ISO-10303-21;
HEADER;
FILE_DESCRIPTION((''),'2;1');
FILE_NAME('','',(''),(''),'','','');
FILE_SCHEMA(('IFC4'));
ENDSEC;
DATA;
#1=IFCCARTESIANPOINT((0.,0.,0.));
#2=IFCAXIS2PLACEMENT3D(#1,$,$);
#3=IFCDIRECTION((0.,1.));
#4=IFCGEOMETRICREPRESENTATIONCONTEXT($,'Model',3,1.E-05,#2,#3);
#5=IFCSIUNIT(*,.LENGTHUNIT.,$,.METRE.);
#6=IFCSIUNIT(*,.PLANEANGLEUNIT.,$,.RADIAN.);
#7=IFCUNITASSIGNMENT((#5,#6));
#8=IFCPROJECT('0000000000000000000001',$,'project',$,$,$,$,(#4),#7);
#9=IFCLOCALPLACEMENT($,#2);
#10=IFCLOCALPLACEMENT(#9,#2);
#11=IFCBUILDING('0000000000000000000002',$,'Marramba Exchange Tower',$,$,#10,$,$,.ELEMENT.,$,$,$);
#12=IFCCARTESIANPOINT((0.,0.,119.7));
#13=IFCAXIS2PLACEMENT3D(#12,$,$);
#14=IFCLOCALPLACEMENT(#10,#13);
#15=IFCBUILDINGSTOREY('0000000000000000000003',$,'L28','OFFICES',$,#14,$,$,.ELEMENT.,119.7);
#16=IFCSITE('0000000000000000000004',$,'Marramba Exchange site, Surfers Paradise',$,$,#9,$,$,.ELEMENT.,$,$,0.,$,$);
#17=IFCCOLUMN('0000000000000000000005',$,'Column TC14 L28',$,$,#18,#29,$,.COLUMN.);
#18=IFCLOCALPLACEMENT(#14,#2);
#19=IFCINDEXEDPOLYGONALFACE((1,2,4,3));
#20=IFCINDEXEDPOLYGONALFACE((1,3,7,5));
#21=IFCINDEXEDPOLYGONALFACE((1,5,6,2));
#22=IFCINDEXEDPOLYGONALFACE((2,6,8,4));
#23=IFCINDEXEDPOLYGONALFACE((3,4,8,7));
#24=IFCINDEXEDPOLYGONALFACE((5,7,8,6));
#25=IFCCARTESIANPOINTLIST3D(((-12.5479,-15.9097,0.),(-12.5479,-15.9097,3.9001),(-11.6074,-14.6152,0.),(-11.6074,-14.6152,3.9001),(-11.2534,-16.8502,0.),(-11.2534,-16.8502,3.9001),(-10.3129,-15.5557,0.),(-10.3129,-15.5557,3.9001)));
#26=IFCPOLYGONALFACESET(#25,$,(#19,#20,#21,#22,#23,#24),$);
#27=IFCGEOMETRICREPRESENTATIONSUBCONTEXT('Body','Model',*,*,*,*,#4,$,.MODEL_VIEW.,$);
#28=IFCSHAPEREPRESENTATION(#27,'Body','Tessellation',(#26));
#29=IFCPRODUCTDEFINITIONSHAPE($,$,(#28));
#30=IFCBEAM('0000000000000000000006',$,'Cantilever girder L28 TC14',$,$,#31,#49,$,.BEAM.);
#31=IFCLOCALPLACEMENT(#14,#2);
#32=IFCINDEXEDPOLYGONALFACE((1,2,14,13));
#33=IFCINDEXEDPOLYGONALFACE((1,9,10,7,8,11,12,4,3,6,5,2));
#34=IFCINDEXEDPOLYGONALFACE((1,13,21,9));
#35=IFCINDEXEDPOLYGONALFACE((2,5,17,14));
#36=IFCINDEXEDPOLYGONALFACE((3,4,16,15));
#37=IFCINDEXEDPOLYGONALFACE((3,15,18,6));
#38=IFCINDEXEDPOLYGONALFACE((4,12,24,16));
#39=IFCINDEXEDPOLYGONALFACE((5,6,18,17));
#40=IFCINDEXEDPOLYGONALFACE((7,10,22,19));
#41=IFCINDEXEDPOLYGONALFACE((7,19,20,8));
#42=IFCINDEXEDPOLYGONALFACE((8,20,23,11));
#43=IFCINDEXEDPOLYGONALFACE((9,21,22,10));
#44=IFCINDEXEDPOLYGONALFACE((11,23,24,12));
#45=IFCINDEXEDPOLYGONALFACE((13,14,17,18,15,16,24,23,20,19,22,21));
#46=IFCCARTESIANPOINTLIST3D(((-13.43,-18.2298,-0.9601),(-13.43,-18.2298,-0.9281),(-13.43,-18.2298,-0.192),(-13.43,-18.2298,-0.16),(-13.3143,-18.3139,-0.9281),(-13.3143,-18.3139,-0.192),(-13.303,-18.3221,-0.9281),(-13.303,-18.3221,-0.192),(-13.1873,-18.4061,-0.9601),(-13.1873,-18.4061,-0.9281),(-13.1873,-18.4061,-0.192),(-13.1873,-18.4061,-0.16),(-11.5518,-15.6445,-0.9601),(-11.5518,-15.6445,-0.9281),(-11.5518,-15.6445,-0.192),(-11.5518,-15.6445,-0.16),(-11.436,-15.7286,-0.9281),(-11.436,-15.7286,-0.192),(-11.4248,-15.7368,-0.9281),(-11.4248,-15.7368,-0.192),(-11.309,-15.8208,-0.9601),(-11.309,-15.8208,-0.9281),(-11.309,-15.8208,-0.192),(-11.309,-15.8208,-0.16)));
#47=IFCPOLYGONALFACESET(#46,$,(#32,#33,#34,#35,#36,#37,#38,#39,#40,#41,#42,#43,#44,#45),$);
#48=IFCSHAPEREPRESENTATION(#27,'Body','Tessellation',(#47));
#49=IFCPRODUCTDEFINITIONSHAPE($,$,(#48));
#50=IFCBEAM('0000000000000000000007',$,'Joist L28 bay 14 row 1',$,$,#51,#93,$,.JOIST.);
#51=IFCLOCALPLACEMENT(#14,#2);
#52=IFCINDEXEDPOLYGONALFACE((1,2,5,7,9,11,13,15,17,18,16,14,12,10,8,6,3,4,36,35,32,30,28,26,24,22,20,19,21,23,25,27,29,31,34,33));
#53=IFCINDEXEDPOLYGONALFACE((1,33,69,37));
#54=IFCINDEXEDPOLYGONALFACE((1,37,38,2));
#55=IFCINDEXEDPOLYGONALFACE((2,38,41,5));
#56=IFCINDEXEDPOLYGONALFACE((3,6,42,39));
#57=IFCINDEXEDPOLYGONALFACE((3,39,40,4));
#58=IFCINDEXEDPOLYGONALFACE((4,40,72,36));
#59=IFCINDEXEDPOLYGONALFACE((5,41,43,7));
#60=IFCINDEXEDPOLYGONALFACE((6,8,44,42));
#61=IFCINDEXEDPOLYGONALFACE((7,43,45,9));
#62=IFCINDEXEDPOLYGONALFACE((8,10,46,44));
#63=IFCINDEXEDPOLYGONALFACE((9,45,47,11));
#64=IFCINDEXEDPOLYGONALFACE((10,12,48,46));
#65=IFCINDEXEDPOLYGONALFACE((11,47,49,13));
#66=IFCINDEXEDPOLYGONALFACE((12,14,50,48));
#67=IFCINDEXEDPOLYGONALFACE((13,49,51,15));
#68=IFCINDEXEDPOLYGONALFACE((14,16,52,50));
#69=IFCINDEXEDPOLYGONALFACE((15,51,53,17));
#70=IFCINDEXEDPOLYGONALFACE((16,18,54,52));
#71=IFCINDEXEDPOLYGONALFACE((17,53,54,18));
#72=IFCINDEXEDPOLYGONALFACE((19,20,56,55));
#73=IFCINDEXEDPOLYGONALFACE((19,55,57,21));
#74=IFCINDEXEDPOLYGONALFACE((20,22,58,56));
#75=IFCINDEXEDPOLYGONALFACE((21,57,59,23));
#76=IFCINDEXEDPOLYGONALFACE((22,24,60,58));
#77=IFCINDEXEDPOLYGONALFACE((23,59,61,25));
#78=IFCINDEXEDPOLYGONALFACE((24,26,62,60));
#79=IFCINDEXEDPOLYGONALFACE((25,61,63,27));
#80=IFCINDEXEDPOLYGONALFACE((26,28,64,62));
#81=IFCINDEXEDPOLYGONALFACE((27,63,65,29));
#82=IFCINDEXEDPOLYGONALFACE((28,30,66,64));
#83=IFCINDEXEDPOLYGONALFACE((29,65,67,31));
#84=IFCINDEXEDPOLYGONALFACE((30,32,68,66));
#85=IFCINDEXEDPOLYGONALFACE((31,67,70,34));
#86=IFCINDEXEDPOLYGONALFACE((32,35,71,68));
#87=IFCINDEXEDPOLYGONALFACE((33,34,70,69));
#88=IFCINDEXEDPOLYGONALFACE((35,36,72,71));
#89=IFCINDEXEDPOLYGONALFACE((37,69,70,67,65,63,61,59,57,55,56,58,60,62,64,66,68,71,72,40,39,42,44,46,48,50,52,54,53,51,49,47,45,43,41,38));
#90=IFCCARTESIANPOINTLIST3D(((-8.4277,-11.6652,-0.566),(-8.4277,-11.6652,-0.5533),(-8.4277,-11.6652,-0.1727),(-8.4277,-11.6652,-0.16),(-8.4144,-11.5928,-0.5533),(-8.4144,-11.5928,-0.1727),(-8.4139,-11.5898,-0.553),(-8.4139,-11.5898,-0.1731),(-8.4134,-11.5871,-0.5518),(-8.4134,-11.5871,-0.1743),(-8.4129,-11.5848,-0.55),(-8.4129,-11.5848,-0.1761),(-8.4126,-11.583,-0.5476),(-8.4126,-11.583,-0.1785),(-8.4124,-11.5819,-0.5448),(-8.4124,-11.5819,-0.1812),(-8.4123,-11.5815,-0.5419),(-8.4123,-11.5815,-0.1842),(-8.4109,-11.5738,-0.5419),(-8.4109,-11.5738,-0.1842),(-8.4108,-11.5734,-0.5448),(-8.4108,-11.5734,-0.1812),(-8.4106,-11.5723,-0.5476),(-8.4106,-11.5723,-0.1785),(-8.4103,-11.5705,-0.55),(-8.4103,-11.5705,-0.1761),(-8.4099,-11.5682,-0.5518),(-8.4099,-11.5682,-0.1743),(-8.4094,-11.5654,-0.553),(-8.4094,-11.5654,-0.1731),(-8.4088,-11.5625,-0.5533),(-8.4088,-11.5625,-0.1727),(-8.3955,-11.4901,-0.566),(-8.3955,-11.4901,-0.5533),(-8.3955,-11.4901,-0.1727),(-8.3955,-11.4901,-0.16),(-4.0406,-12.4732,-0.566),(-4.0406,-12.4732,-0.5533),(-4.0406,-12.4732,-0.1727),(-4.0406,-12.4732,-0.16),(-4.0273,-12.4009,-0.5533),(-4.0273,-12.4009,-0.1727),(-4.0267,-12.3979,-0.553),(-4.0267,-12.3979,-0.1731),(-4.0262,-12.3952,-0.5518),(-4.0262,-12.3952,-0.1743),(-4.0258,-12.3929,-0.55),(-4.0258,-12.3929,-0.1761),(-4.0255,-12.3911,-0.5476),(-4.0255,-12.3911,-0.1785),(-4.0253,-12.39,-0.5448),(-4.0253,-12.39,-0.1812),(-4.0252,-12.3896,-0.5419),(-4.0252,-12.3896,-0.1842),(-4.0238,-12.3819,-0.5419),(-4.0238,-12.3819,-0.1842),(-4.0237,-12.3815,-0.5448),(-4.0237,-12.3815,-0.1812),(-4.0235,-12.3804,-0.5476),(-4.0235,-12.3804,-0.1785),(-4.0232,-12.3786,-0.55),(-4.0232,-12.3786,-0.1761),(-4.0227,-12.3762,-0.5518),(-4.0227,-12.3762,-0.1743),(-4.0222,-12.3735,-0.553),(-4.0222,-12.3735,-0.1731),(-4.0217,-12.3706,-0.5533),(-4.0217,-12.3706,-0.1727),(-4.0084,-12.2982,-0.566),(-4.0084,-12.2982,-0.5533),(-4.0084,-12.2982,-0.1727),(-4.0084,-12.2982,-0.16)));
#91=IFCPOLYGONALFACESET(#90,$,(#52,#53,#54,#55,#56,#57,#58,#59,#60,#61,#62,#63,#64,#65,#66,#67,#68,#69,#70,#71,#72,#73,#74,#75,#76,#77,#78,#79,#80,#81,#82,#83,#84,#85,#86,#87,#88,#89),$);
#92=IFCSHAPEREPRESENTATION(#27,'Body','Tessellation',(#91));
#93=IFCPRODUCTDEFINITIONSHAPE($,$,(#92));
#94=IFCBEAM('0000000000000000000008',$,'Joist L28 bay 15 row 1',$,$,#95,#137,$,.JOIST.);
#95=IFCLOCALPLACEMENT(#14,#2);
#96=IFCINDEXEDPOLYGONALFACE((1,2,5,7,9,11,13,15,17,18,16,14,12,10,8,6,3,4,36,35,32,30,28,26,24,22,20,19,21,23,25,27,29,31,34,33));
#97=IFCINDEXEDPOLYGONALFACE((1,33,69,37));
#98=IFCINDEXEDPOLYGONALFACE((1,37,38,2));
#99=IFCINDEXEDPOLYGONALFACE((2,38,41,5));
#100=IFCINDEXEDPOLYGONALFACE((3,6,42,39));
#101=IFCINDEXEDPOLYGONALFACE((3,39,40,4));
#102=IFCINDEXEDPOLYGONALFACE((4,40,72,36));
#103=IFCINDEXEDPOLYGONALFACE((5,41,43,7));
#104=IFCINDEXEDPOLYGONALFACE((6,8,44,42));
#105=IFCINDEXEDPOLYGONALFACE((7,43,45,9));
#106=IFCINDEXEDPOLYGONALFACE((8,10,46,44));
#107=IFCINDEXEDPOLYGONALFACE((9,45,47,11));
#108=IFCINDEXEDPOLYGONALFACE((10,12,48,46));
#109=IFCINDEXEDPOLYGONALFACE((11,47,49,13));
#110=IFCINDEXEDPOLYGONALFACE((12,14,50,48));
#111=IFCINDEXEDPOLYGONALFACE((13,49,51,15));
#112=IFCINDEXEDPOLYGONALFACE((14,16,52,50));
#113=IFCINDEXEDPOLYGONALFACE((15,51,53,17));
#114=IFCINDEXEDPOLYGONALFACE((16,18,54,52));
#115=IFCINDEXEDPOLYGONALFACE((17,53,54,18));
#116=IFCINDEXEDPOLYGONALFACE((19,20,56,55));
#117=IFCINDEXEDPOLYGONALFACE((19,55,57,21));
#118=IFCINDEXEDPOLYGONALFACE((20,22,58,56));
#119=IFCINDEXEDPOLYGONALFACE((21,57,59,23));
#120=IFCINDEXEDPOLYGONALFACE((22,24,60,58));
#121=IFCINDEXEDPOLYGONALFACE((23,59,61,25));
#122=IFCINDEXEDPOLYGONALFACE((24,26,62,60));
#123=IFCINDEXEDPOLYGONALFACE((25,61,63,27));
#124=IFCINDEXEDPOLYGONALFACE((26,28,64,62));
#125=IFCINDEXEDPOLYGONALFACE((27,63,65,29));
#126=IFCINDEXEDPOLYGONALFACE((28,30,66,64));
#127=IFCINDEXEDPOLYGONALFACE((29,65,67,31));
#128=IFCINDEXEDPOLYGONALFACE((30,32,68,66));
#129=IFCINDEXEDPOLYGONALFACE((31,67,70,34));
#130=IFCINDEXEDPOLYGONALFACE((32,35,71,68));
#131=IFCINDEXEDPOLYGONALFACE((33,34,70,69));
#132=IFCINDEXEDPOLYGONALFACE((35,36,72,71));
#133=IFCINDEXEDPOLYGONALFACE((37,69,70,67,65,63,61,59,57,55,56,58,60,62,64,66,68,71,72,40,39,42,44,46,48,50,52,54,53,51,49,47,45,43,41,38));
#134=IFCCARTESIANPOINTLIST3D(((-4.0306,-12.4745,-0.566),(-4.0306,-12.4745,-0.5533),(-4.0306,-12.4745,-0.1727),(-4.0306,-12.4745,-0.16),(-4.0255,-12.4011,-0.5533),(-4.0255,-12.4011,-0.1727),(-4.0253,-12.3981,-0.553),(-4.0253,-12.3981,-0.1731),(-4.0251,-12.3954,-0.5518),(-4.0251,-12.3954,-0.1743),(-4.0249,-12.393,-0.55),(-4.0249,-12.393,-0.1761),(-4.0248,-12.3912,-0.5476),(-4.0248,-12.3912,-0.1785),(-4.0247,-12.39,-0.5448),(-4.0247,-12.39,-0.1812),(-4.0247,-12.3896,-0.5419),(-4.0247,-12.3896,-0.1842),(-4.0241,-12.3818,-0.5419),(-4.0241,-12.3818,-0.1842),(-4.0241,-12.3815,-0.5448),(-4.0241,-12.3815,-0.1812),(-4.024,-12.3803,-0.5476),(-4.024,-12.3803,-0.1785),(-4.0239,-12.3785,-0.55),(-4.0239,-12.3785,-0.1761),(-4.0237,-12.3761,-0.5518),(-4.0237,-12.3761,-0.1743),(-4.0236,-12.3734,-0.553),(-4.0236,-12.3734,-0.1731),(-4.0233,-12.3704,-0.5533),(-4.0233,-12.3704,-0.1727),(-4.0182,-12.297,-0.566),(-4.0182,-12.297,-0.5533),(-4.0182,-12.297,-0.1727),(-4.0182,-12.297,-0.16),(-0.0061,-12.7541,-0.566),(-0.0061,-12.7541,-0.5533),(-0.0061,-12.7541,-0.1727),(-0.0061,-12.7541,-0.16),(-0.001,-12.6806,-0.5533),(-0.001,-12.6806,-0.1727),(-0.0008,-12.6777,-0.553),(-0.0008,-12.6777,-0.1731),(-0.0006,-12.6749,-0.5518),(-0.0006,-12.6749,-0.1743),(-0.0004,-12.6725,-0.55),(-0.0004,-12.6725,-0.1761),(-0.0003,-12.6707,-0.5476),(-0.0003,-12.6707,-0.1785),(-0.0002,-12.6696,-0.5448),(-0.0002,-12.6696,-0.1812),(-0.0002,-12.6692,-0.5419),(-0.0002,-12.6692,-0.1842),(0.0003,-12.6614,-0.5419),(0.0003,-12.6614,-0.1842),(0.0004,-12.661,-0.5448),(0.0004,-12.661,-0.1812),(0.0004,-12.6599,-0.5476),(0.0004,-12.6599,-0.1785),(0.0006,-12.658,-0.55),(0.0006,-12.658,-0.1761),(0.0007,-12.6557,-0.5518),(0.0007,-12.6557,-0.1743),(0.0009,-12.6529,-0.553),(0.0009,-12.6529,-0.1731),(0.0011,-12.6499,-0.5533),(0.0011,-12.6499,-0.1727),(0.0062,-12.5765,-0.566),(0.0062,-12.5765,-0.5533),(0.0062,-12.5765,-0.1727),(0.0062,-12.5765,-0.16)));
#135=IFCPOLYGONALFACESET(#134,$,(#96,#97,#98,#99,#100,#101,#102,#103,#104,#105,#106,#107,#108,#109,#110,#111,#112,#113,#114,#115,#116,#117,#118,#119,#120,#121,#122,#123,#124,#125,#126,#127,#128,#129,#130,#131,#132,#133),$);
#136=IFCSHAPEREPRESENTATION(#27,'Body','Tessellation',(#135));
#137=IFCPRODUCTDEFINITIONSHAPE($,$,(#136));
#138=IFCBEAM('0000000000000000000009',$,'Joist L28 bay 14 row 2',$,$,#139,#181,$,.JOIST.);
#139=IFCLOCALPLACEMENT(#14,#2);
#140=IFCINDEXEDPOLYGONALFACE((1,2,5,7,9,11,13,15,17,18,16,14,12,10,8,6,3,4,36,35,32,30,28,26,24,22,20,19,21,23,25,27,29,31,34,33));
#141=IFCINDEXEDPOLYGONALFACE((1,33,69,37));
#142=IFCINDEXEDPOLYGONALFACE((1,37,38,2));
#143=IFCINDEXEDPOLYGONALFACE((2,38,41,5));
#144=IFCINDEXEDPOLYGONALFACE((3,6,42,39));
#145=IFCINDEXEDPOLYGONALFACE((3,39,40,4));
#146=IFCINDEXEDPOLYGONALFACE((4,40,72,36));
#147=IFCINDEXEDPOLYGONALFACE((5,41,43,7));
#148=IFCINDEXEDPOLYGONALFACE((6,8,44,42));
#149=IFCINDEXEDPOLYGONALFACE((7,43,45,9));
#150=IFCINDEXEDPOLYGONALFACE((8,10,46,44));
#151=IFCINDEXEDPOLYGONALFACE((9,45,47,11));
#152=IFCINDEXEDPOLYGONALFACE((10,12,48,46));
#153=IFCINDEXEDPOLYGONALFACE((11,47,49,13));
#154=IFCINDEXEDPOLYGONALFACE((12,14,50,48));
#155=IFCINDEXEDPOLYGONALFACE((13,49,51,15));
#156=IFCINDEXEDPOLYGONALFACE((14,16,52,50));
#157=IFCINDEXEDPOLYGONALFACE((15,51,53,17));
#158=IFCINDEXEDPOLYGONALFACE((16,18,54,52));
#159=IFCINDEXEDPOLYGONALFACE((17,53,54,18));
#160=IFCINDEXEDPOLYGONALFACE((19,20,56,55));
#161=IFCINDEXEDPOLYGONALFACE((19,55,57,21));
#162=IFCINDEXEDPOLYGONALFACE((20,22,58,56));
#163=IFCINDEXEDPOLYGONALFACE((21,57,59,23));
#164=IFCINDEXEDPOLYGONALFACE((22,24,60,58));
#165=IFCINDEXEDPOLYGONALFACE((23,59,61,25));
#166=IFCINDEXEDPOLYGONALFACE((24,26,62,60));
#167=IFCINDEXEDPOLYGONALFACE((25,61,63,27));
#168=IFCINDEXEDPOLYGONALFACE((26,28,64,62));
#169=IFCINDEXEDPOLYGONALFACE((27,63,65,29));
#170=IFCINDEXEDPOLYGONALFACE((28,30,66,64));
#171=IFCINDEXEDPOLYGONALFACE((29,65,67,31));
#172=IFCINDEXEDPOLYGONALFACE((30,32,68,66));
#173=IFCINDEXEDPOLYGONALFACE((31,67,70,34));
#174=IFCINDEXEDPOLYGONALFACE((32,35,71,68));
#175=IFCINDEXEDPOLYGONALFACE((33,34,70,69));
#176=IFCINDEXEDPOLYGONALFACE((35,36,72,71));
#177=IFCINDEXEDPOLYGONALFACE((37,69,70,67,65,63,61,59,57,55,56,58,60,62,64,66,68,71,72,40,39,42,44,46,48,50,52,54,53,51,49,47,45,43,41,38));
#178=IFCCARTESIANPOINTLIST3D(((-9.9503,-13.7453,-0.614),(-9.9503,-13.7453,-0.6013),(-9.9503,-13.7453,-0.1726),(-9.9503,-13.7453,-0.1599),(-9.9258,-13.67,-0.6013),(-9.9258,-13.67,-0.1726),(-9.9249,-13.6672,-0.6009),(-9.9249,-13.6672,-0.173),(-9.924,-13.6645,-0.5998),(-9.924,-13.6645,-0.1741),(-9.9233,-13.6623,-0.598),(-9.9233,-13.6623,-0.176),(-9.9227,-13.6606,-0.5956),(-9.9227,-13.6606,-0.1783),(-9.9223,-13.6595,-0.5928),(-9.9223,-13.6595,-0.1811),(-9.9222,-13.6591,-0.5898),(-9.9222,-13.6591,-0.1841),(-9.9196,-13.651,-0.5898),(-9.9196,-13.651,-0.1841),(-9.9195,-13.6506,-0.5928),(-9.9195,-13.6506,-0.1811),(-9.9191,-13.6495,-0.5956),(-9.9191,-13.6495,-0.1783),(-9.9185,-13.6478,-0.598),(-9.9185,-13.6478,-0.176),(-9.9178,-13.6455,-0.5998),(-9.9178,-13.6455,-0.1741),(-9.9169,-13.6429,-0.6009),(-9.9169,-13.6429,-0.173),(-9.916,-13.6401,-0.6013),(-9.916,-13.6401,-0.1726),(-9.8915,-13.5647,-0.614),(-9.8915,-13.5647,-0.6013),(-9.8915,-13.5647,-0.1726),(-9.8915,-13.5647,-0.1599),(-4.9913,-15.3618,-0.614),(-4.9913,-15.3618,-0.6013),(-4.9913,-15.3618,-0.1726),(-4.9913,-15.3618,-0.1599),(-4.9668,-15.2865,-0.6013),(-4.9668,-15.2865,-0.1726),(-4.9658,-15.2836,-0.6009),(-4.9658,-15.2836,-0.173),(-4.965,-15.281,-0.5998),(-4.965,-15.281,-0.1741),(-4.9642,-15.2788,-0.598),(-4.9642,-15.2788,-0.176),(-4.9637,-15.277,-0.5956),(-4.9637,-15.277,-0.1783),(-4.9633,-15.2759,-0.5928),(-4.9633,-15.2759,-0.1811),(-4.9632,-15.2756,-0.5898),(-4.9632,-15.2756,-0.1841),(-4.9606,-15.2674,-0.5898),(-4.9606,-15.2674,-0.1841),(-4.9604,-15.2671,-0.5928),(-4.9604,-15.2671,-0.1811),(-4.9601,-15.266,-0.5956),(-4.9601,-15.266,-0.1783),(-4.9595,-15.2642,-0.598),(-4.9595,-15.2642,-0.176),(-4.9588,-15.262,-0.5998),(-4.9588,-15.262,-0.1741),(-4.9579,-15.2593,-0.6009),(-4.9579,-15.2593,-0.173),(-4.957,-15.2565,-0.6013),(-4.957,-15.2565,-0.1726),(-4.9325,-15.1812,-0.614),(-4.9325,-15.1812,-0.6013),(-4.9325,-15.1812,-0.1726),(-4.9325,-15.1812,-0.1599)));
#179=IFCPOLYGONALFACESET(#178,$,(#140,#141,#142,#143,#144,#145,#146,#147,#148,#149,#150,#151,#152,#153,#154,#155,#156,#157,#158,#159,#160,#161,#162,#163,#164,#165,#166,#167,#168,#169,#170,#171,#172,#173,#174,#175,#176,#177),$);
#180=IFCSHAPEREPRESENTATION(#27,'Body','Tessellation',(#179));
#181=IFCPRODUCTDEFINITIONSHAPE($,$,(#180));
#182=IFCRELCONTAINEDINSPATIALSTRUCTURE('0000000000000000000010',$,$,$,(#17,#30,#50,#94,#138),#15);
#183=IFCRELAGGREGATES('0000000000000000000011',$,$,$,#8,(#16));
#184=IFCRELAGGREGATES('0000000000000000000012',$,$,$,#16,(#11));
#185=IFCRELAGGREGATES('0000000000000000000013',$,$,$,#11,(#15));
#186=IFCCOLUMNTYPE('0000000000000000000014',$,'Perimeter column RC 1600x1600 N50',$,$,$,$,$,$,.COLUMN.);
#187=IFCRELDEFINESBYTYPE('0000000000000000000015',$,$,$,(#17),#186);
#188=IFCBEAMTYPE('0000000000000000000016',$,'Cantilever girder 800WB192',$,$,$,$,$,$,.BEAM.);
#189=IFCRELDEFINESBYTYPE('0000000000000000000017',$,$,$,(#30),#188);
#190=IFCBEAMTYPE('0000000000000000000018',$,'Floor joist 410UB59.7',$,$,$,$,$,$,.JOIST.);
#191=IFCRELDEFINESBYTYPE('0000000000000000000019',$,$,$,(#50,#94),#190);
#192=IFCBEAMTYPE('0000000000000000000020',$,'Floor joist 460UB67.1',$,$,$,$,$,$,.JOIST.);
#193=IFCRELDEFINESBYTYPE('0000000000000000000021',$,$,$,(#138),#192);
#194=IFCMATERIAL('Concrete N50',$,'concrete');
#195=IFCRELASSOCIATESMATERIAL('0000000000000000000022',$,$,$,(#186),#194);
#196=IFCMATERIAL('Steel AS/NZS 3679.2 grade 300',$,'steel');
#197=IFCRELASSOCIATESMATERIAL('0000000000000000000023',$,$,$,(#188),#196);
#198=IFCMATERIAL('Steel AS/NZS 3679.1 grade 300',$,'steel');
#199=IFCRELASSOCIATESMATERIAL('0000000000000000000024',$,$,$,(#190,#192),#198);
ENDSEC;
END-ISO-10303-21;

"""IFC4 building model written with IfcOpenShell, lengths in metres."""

from ifc_helpers import new_model, si_unit, direction, frame, origin, origin_2d, place, context, subcontext, project, spatial, rectangle, i_section, extrude, material, material_profile, profile_set, type_object, element, save


model = new_model("IFC4")

# Units and contexts
model_context = context("Model", 3, precision=1e-05, world=origin(), true_north=direction((0.0, 1.0)))
body_context = subcontext(model_context, "Body", "Model", "MODEL_VIEW")
ifc_project = project(units=[si_unit("LENGTHUNIT", "METRE"), si_unit("PLANEANGLEUNIT", "RADIAN")], contexts=[model_context])

# Site, building, storey
site_placement = place(None, origin())
site = spatial("IfcSite", under=ifc_project, at=site_placement, Name="Marramba Exchange site, Surfers Paradise", CompositionType="ELEMENT", RefElevation=0.0)
building_placement = place(site_placement, origin())
building = spatial("IfcBuilding", under=site, at=building_placement, Name="Marramba Exchange Tower", CompositionType="ELEMENT")
storey_placement = place(building_placement, frame((0.0, 0.0, 119.7)))
storey = spatial("IfcBuildingStorey", under=building, at=storey_placement, Name="L28", Description="OFFICES", CompositionType="ELEMENT", Elevation=119.7)

# Column
ifc_material_1 = material(Name="Concrete N50", Category="concrete")
ifc_material_profile_1 = material_profile(ifc_material_1, rectangle(XDim=1.6001, YDim=1.6001, at=origin_2d()), Name="RC 1600x1600")
ifc_profile_set_1 = profile_set([ifc_material_profile_1], Name="Concrete N50")
column_type = type_object("IfcColumnType", Name="Perimeter column RC 1600x1600 N50", PredefinedType="COLUMN", material=ifc_profile_set_1)
column_placement = place(storey_placement, frame((-11.4304, -15.7327, 0.0), z_axis=(0.0, 0.0, 1.0), x_axis=(-0.587785, -0.809017, 0.0)))
element("IfcColumn", 1, at=column_placement, inside=storey, type_object=column_type, Name="Column TC14 L28", PredefinedType="COLUMN", context=body_context, shape_type="SweptSolid", body=[
    extrude(rectangle(XDim=1.6001, YDim=1.6001, at=origin_2d()), origin(), (0.0, 0.0, 1.0), 3.9001),
])

# Beams
ifc_material_2 = material(Name="Steel AS/NZS 3679.2 grade 300", Category="steel")
ifc_material_profile_2 = material_profile(ifc_material_2, i_section(OverallWidth=0.3, OverallDepth=0.8, WebThickness=0.0139, FlangeThickness=0.032, at=origin_2d()), Name="800WB192")
ifc_profile_set_2 = profile_set([ifc_material_profile_2], Name="Steel AS/NZS 3679.2 grade 300")
beam_type_1 = type_object("IfcBeamType", Name="Cantilever girder 800WB192", PredefinedType="BEAM", material=ifc_profile_set_2)
beam_1_placement = place(storey_placement, frame((-11.4304, -15.7327, -0.5601), z_axis=(-0.587767, -0.80903, 0.0), x_axis=(0.80903, -0.587767, 0.0)))
element("IfcBeam", 2, at=beam_1_placement, inside=storey, type_object=beam_type_1, Name="Cantilever girder L28 TC14", PredefinedType="BEAM", context=body_context, shape_type="SweptSolid", body=[
    extrude(i_section(OverallWidth=0.3, OverallDepth=0.8, WebThickness=0.0139, FlangeThickness=0.032, at=origin_2d()), origin(), (0.0, 0.0, 1.0), 3.1956),
])
ifc_material_3 = material(Name="Steel AS/NZS 3679.1 grade 300", Category="steel")
ifc_material_profile_3 = material_profile(ifc_material_3, i_section(OverallWidth=0.178, OverallDepth=0.406, WebThickness=0.0078, FlangeThickness=0.0127, FilletRadius=0.0115, at=origin_2d()), Name="410UB59.7")
ifc_profile_set_3 = profile_set([ifc_material_profile_3], Name="Steel AS/NZS 3679.1 grade 300")
beam_type_2 = type_object("IfcBeamType", Name="Floor joist 410UB59.7", PredefinedType="JOIST", material=ifc_profile_set_3)
beam_2_placement = place(storey_placement, frame((-8.4116, -11.5776, -0.363), z_axis=(0.983456, -0.181149, 0.0), x_axis=(0.181149, 0.983456, 0.0)))
element("IfcBeam", 3, at=beam_2_placement, inside=storey, type_object=beam_type_2, Name="Joist L28 bay 14 row 1", PredefinedType="JOIST", context=body_context, shape_type="SweptSolid", body=[
    extrude(i_section(OverallWidth=0.178, OverallDepth=0.406, WebThickness=0.0078, FlangeThickness=0.0127, FilletRadius=0.0115, at=origin_2d()), origin(), (0.0, 0.0, 1.0), 4.4609),
])
beam_3_placement = place(storey_placement, frame((-4.0244, -12.3857, -0.363), z_axis=(0.997596, -0.069294, 0.0), x_axis=(0.069294, 0.997596, 0.0)))
element("IfcBeam", 4, at=beam_3_placement, inside=storey, type_object=beam_type_2, Name="Joist L28 bay 15 row 1", PredefinedType="JOIST", context=body_context, shape_type="SweptSolid", body=[
    extrude(i_section(OverallWidth=0.178, OverallDepth=0.406, WebThickness=0.0078, FlangeThickness=0.0127, FilletRadius=0.0115, at=origin_2d()), origin(), (0.0, 0.0, 1.0), 4.0342),
])
ifc_material_profile_4 = material_profile(ifc_material_3, i_section(OverallWidth=0.1899, OverallDepth=0.4541, WebThickness=0.0085, FlangeThickness=0.0127, FilletRadius=0.0115, at=origin_2d()), Name="460UB67.1")
ifc_profile_set_4 = profile_set([ifc_material_profile_4], Name="Steel AS/NZS 3679.1 grade 300")
beam_type_3 = type_object("IfcBeamType", Name="Floor joist 460UB67.1", PredefinedType="JOIST", material=ifc_profile_set_4)
beam_4_placement = place(storey_placement, frame((-9.9209, -13.655, -0.387), z_axis=(0.950764, -0.309916, 0.0), x_axis=(0.309916, 0.950764, 0.0)))
element("IfcBeam", 5, at=beam_4_placement, inside=storey, type_object=beam_type_3, Name="Joist L28 bay 14 row 2", PredefinedType="JOIST", context=body_context, shape_type="SweptSolid", body=[
    extrude(i_section(OverallWidth=0.1899, OverallDepth=0.4541, WebThickness=0.0085, FlangeThickness=0.0127, FilletRadius=0.0115, at=origin_2d()), origin(), (0.0, 0.0, 1.0), 5.2158),
])

save(model, "model.ifc")
